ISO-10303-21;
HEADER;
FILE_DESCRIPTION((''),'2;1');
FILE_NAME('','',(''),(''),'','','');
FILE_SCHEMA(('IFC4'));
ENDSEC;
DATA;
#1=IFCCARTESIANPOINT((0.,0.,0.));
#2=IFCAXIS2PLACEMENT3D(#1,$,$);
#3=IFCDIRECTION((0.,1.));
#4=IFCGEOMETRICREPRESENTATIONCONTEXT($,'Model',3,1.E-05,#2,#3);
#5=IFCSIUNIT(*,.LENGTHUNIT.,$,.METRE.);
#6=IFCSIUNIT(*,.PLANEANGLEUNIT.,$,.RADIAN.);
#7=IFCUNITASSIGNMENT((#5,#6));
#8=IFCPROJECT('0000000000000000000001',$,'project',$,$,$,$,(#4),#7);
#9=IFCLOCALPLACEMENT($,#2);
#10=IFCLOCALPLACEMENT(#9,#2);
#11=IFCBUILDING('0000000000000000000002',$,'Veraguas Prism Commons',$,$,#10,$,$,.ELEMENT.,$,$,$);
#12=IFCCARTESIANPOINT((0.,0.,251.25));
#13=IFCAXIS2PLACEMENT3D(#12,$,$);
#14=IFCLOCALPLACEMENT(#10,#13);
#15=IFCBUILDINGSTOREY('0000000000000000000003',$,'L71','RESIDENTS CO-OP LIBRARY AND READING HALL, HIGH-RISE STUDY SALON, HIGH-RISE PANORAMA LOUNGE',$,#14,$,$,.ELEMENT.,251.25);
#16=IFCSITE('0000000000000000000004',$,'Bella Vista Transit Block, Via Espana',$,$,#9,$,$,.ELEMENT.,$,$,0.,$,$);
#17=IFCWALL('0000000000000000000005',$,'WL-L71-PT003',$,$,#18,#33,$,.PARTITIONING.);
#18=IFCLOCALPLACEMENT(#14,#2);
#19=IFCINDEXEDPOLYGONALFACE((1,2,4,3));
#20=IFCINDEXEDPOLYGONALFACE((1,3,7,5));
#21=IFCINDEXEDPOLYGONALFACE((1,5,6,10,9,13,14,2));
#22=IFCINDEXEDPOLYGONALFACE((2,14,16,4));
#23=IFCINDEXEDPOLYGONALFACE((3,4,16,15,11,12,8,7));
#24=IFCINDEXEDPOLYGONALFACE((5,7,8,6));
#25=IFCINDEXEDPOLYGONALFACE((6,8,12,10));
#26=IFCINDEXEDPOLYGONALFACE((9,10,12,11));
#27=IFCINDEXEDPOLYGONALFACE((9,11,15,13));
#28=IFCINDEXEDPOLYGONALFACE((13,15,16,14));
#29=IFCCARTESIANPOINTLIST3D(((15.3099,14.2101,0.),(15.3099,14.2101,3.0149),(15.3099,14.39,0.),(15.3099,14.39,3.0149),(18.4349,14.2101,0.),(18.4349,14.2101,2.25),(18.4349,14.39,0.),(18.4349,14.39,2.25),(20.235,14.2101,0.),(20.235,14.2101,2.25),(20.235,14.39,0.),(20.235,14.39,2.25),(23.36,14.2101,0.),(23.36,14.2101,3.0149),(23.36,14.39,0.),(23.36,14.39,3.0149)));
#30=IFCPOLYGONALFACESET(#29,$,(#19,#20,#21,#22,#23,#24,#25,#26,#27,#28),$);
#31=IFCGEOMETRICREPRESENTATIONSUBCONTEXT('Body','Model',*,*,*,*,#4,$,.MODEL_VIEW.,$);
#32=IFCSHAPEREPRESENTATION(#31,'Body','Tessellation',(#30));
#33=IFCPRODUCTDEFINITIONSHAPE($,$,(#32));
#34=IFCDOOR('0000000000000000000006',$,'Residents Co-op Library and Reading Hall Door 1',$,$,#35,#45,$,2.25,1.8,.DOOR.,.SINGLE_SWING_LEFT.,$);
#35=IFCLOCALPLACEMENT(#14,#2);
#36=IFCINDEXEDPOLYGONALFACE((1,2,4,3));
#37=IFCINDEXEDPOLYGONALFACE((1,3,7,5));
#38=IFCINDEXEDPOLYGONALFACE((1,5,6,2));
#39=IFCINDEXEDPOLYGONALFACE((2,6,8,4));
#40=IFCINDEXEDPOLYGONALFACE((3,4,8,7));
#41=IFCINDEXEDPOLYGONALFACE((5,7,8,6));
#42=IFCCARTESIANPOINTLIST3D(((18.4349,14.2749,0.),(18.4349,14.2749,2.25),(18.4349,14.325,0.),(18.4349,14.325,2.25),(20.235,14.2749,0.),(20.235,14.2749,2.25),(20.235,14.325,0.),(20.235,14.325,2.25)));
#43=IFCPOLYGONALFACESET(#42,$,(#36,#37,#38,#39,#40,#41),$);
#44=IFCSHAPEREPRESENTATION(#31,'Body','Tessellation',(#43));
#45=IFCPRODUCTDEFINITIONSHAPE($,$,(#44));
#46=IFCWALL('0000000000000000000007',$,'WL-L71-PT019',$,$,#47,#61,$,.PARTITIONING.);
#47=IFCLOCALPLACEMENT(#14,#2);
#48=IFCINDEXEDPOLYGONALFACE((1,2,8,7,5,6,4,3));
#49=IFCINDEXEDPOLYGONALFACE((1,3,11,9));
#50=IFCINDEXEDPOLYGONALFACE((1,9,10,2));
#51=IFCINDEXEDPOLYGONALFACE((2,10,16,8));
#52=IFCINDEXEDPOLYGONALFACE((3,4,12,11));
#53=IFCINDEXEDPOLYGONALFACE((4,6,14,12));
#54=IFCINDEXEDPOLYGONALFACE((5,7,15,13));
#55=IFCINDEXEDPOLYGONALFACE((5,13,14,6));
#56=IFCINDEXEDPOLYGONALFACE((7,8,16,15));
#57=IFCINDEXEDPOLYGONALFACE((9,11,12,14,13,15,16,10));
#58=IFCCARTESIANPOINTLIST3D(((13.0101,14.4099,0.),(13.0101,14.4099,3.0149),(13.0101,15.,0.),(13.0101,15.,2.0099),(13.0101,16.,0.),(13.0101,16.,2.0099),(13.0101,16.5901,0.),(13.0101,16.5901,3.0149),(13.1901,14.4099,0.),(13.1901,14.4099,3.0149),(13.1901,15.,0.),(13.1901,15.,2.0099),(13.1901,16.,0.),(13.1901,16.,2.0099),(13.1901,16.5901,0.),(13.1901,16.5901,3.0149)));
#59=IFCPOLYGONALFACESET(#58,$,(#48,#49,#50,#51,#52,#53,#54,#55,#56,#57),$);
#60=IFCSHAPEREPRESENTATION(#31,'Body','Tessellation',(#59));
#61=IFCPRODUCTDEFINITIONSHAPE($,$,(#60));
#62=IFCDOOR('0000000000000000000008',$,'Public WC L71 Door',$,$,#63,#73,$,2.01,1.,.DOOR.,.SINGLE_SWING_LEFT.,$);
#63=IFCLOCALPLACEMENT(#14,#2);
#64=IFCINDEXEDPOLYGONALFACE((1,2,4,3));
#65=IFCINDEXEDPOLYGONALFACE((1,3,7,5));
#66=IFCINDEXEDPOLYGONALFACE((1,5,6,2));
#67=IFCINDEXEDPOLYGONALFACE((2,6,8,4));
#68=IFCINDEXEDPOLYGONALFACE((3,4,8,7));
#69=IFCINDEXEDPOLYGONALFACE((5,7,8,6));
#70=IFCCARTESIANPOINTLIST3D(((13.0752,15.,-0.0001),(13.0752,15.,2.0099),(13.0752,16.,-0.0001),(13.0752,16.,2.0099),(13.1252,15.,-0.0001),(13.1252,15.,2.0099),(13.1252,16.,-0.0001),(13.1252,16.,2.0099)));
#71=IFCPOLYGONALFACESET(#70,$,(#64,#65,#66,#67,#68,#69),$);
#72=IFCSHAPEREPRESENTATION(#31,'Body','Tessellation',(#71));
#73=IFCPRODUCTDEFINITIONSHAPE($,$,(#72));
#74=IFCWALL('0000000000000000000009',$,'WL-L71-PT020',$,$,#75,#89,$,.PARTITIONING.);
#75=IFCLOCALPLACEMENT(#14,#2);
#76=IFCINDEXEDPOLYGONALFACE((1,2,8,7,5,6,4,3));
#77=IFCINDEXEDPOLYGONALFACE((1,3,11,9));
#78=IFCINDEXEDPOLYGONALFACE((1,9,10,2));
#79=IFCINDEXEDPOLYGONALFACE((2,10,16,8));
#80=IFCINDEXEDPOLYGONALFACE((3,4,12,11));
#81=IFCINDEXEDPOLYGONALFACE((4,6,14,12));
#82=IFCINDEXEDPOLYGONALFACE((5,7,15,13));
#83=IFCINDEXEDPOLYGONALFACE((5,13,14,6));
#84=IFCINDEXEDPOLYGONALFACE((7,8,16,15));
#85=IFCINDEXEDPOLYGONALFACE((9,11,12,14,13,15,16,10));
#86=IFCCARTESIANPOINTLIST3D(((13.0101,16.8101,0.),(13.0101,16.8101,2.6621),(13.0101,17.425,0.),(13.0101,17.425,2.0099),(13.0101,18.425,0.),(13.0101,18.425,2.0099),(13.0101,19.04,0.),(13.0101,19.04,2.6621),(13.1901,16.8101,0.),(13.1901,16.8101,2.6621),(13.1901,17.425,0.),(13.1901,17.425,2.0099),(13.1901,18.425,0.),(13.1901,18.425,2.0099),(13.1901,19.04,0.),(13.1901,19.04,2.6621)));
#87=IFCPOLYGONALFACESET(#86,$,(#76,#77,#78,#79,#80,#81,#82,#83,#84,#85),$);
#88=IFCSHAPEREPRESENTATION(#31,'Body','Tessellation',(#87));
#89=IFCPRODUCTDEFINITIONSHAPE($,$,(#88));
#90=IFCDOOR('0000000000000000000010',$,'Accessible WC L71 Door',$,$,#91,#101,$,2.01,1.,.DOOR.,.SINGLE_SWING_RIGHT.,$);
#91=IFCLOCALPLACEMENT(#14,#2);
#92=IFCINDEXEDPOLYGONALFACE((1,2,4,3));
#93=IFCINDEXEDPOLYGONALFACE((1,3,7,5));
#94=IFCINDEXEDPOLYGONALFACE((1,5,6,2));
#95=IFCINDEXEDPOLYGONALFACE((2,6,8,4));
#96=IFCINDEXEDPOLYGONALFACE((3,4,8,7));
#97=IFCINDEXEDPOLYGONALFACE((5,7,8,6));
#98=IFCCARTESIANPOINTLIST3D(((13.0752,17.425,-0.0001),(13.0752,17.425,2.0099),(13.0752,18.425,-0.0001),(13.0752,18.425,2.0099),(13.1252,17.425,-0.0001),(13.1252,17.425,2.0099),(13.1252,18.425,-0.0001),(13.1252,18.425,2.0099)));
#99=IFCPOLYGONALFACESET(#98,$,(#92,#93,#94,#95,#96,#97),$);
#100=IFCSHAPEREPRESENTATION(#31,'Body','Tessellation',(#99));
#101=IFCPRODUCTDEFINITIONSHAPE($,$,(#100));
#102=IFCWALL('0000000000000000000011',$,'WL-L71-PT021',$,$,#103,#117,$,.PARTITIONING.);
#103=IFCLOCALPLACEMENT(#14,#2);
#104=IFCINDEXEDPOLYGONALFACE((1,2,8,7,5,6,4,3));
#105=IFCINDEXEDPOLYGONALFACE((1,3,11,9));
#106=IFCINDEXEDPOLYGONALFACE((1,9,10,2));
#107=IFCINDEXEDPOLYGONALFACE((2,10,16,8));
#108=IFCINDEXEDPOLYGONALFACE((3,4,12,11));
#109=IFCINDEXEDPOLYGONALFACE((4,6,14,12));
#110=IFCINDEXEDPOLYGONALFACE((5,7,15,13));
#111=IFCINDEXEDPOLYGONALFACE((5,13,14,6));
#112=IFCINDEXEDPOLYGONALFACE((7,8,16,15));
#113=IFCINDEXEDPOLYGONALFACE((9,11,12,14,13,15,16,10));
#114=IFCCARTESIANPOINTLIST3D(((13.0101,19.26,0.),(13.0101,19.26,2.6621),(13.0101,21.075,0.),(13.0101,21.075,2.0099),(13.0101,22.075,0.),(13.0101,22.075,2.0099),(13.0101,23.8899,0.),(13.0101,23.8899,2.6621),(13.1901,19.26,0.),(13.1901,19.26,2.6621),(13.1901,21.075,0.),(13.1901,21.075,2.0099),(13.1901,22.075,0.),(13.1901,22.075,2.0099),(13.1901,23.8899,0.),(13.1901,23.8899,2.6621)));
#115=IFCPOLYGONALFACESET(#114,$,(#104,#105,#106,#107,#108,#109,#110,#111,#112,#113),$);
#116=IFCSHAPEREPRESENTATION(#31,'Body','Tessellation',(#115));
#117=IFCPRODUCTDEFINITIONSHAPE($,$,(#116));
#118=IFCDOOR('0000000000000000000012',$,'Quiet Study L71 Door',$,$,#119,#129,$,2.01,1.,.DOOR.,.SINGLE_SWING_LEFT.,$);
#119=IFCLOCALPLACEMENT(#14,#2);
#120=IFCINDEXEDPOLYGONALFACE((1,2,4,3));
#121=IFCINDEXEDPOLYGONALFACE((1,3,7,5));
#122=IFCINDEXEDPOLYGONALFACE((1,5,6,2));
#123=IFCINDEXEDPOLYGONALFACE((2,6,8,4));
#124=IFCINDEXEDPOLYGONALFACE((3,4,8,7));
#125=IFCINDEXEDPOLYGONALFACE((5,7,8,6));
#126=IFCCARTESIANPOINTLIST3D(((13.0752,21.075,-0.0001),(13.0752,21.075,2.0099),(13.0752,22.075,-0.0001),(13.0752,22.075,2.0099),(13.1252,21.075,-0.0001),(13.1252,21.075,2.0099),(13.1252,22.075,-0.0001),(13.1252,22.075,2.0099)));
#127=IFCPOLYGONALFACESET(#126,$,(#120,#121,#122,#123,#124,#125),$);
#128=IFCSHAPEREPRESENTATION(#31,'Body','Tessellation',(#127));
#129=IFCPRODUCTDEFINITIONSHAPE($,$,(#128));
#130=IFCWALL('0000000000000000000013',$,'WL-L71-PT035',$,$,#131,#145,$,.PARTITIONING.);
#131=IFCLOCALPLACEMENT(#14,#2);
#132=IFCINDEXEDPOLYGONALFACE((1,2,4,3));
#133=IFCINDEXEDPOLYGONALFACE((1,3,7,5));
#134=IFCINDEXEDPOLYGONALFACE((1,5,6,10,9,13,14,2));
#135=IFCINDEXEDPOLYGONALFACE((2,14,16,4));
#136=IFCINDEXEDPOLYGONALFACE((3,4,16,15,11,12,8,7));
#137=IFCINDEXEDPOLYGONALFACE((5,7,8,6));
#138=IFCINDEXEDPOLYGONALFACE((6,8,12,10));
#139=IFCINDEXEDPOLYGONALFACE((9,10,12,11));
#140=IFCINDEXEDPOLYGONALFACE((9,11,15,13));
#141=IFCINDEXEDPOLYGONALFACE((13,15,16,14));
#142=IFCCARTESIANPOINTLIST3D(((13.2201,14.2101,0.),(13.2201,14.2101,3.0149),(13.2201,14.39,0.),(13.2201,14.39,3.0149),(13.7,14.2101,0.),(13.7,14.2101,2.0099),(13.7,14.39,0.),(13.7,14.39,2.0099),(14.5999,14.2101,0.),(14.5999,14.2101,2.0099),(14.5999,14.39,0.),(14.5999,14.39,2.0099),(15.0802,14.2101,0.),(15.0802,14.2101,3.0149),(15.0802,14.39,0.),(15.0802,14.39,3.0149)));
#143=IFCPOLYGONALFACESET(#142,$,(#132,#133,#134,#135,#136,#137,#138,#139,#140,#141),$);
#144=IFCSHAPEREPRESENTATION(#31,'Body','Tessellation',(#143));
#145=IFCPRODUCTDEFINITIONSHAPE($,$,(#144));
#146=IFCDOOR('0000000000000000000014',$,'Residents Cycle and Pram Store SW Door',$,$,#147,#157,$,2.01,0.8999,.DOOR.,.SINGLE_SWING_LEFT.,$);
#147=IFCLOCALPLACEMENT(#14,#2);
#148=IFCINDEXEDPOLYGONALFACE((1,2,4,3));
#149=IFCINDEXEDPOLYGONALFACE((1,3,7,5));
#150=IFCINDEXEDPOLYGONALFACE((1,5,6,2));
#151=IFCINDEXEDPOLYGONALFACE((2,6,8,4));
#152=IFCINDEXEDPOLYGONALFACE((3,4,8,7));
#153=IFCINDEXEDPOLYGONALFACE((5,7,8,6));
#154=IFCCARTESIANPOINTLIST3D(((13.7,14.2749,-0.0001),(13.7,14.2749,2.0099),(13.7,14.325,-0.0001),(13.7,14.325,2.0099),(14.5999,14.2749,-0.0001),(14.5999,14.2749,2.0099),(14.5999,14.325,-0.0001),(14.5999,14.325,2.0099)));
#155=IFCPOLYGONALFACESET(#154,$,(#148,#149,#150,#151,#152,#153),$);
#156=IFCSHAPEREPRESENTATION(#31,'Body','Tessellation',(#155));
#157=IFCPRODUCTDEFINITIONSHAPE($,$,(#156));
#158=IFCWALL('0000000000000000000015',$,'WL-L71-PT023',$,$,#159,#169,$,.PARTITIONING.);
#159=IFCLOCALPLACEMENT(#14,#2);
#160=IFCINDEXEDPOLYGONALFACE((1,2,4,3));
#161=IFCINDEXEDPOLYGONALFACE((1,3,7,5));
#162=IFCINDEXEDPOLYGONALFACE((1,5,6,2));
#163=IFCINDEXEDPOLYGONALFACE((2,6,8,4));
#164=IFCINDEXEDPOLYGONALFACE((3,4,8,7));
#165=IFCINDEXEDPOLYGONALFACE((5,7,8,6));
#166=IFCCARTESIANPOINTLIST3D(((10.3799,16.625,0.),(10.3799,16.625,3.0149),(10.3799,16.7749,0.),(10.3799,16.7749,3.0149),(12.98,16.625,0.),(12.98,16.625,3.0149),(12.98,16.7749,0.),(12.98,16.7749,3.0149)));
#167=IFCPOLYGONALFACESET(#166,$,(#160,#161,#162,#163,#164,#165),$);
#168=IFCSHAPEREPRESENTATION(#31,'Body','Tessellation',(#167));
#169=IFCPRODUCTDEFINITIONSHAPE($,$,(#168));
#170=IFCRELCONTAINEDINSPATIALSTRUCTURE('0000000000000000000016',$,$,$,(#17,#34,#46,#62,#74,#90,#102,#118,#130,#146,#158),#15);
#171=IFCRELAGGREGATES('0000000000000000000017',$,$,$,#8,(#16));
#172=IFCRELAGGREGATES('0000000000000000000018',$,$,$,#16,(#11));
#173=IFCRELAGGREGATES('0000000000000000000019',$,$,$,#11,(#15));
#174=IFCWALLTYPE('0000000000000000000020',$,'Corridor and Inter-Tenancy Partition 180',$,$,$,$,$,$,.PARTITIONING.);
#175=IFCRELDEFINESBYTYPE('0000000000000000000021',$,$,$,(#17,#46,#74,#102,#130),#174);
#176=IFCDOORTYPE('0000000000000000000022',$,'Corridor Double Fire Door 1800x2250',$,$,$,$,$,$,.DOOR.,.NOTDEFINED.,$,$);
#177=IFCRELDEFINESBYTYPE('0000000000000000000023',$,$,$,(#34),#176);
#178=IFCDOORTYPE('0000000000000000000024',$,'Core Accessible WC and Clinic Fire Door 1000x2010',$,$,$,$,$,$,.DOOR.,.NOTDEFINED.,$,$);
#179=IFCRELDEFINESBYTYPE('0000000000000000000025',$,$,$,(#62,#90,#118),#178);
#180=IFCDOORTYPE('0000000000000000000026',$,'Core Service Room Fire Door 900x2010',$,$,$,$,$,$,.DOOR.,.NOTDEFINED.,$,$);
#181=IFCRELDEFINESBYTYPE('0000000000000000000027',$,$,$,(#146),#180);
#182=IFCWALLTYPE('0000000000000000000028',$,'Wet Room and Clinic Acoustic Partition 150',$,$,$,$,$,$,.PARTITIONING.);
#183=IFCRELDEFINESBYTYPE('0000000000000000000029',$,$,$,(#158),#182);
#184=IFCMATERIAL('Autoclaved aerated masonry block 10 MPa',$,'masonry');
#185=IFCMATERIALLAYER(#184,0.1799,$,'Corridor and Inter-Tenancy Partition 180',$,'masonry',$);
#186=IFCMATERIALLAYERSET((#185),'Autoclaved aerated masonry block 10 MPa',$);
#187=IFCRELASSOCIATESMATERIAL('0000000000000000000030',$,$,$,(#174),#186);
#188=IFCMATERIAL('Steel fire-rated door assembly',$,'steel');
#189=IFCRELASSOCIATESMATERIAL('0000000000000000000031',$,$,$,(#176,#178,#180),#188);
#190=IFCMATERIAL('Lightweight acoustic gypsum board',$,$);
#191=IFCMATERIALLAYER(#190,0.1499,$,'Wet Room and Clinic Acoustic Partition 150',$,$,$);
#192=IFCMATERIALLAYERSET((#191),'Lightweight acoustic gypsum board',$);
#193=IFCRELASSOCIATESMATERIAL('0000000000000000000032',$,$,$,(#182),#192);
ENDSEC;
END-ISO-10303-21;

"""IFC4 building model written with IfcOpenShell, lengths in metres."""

from ifc_helpers import new_model, si_unit, direction, frame, frame_2d, origin, place, context, subcontext, project, spatial, rectangle, extrude, source, transform, mapped, material, layer, layer_set, type_object, element, fill, save


model = new_model("IFC4")

# Units and contexts
model_context = context("Model", 3, precision=1e-05, world=origin(), true_north=direction((0.0, 1.0)))
body_context = subcontext(model_context, "Body", "Model", "MODEL_VIEW")
ifc_project = project(units=[si_unit("LENGTHUNIT", "METRE"), si_unit("PLANEANGLEUNIT", "RADIAN")], contexts=[model_context])

# Site, building, storey
site_placement = place(None, origin())
site = spatial("IfcSite", under=ifc_project, at=site_placement, Name="Bella Vista Transit Block, Via Espana", CompositionType="ELEMENT", RefElevation=0.0)
building_placement = place(site_placement, origin())
building = spatial("IfcBuilding", under=site, at=building_placement, Name="Veraguas Prism Commons", CompositionType="ELEMENT")
storey_placement = place(building_placement, frame((0.0, 0.0, 251.25)))
storey = spatial("IfcBuildingStorey", under=building, at=storey_placement, Name="L71", Description="RESIDENTS CO-OP LIBRARY AND READING HALL, HIGH-RISE STUDY SALON, HIGH-RISE PANORAMA LOUNGE", CompositionType="ELEMENT", Elevation=251.25)

# Shared definitions
ifc_material_1 = material(Name="Steel fire-rated door assembly", Category="steel")

# Walls, openings, doors
ifc_material_2 = material(Name="Autoclaved aerated masonry block 10 MPa", Category="masonry")
ifc_layer_1 = layer(ifc_material_2, 0.1799, Name="Corridor and Inter-Tenancy Partition 180", Category="masonry")
ifc_layer_set_1 = layer_set([ifc_layer_1], Name="Autoclaved aerated masonry block 10 MPa")
wall_type_1 = type_object("IfcWallType", Name="Corridor and Inter-Tenancy Partition 180", PredefinedType="PARTITIONING", material=ifc_layer_set_1)
wall_1_placement = place(storey_placement, frame((15.3101, 14.3, 0.0), z_axis=(0.0, 0.0, 1.0), x_axis=(1.0, 0.0, 0.0)))
wall_1 = element("IfcWall", 1, at=wall_1_placement, inside=storey, type_object=wall_type_1, Name="WL-L71-PT003", PredefinedType="PARTITIONING", context=body_context, shape_type="SweptSolid", body=[
    extrude(rectangle(XDim=8.05, YDim=0.1799, at=frame_2d((4.0249, 0.0))), origin(), (0.0, 0.0, 1.0), 3.0149),
])
opening_1_placement = place(wall_1_placement, frame((3.125, 0.0, 0.0)))
opening_1 = element("IfcOpeningElement", 2, at=opening_1_placement, cuts=wall_1, PredefinedType="OPENING", context=body_context, shape_type="SweptSolid", body=[
    extrude(rectangle(XDim=1.8, YDim=2.25, at=frame_2d((0.8999, 1.125))), frame((0.0, 0.0999, 0.0), z_axis=(0.0, -1.0, 0.0), x_axis=(1.0, 0.0, 0.0)), (0.0, 0.0, 1.0), 0.2),
])
door_type_1 = type_object("IfcDoorType", Name="Corridor Double Fire Door 1800x2250", OperationType="NOTDEFINED", PredefinedType="DOOR", material=ifc_material_1)
shared_shape_1 = source(origin(), body_context, "Body", "SweptSolid", [
    extrude(rectangle(XDim=1.8, YDim=2.25, at=frame_2d((0.8999, 1.125))), frame((0.0, 0.0249, 0.0), z_axis=(0.0, -1.0, 0.0), x_axis=(1.0, 0.0, 0.0)), (0.0, 0.0, 1.0), 0.05),
])
door_1_placement = place(opening_1_placement, origin())
door_1 = element("IfcDoor", 3, at=door_1_placement, inside=storey, type_object=door_type_1, Name="Residents Co-op Library and Reading Hall Door 1", OperationType="SINGLE_SWING_LEFT", OverallHeight=2.25, OverallWidth=1.8, PredefinedType="DOOR", context=body_context, shape_type="MappedRepresentation", body=[
    mapped(shared_shape_1, transform((0.0, 0.0, 0.0), scale=1.0)),
])
fill(opening_1, door_1)
wall_2_placement = place(storey_placement, frame((13.1001, 14.4099, 0.0), z_axis=(0.0, 0.0, 1.0), x_axis=(0.0, 1.0, 0.0)))
wall_2 = element("IfcWall", 4, at=wall_2_placement, inside=storey, type_object=wall_type_1, Name="WL-L71-PT019", PredefinedType="PARTITIONING", context=body_context, shape_type="SweptSolid", body=[
    extrude(rectangle(XDim=2.1802, YDim=0.1799, at=frame_2d((1.0901, 0.0))), origin(), (0.0, 0.0, 1.0), 3.0149),
])
opening_2_placement = place(wall_2_placement, frame((0.5901, 0.0, 0.0)))
opening_2 = element("IfcOpeningElement", 5, at=opening_2_placement, cuts=wall_2, PredefinedType="OPENING", context=body_context, shape_type="SweptSolid", body=[
    extrude(rectangle(XDim=1.0, YDim=2.01, at=frame_2d((0.5, 1.0049))), frame((0.0, 0.0999, 0.0), z_axis=(0.0, -1.0, 0.0), x_axis=(1.0, 0.0, 0.0)), (0.0, 0.0, 1.0), 0.2),
])
door_type_2 = type_object("IfcDoorType", Name="Core Accessible WC and Clinic Fire Door 1000x2010", OperationType="NOTDEFINED", PredefinedType="DOOR", material=ifc_material_1)
shared_shape_2 = source(origin(), body_context, "Body", "SweptSolid", [
    extrude(rectangle(XDim=1.0, YDim=2.01, at=frame_2d((0.5, 1.0049))), frame((0.0, 0.0249, 0.0), z_axis=(0.0, -1.0, 0.0), x_axis=(1.0, 0.0, 0.0)), (0.0, 0.0, 1.0), 0.05),
])
door_2_placement = place(opening_2_placement, origin())
door_2 = element("IfcDoor", 6, at=door_2_placement, inside=storey, type_object=door_type_2, Name="Public WC L71 Door", OperationType="SINGLE_SWING_LEFT", OverallHeight=2.01, OverallWidth=1.0, PredefinedType="DOOR", context=body_context, shape_type="MappedRepresentation", body=[
    mapped(shared_shape_2, transform((0.0, 0.0, 0.0), scale=1.0)),
])
fill(opening_2, door_2)
wall_3_placement = place(storey_placement, frame((13.1001, 16.8101, 0.0), z_axis=(0.0, 0.0, 1.0), x_axis=(0.0, 1.0, 0.0)))
wall_3 = element("IfcWall", 7, at=wall_3_placement, inside=storey, type_object=wall_type_1, Name="WL-L71-PT020", PredefinedType="PARTITIONING", context=body_context, shape_type="SweptSolid", body=[
    extrude(rectangle(XDim=2.23, YDim=0.1799, at=frame_2d((1.115, 0.0))), origin(), (0.0, 0.0, 1.0), 2.6621),
])
opening_3_placement = place(wall_3_placement, frame((0.615, 0.0, 0.0)))
opening_3 = element("IfcOpeningElement", 8, at=opening_3_placement, cuts=wall_3, PredefinedType="OPENING", context=body_context, shape_type="SweptSolid", body=[
    extrude(rectangle(XDim=1.0, YDim=2.01, at=frame_2d((0.5, 1.0049))), frame((0.0, 0.0999, 0.0), z_axis=(0.0, -1.0, 0.0), x_axis=(1.0, 0.0, 0.0)), (0.0, 0.0, 1.0), 0.2),
])
door_3_placement = place(opening_3_placement, origin())
door_3 = element("IfcDoor", 9, at=door_3_placement, inside=storey, type_object=door_type_2, Name="Accessible WC L71 Door", OperationType="SINGLE_SWING_RIGHT", OverallHeight=2.01, OverallWidth=1.0, PredefinedType="DOOR", context=body_context, shape_type="MappedRepresentation", body=[
    mapped(shared_shape_2, transform((0.0, 0.0, 0.0), scale=1.0)),
])
fill(opening_3, door_3)
wall_4_placement = place(storey_placement, frame((13.1001, 19.26, 0.0), z_axis=(0.0, 0.0, 1.0), x_axis=(0.0, 1.0, 0.0)))
wall_4 = element("IfcWall", 10, at=wall_4_placement, inside=storey, type_object=wall_type_1, Name="WL-L71-PT021", PredefinedType="PARTITIONING", context=body_context, shape_type="SweptSolid", body=[
    extrude(rectangle(XDim=4.6299, YDim=0.1799, at=frame_2d((2.3149, 0.0))), origin(), (0.0, 0.0, 1.0), 2.6621),
])
opening_4_placement = place(wall_4_placement, frame((1.8149, 0.0, 0.0)))
opening_4 = element("IfcOpeningElement", 11, at=opening_4_placement, cuts=wall_4, PredefinedType="OPENING", context=body_context, shape_type="SweptSolid", body=[
    extrude(rectangle(XDim=1.0, YDim=2.01, at=frame_2d((0.5, 1.0049))), frame((0.0, 0.0999, 0.0), z_axis=(0.0, -1.0, 0.0), x_axis=(1.0, 0.0, 0.0)), (0.0, 0.0, 1.0), 0.2),
])
door_4_placement = place(opening_4_placement, origin())
door_4 = element("IfcDoor", 12, at=door_4_placement, inside=storey, type_object=door_type_2, Name="Quiet Study L71 Door", OperationType="SINGLE_SWING_LEFT", OverallHeight=2.01, OverallWidth=1.0, PredefinedType="DOOR", context=body_context, shape_type="MappedRepresentation", body=[
    mapped(shared_shape_2, transform((0.0, 0.0, 0.0), scale=1.0)),
])
fill(opening_4, door_4)
wall_5_placement = place(storey_placement, frame((13.22, 14.3, 0.0), z_axis=(0.0, 0.0, 1.0), x_axis=(1.0, 0.0, 0.0)))
wall_5 = element("IfcWall", 13, at=wall_5_placement, inside=storey, type_object=wall_type_1, Name="WL-L71-PT035", PredefinedType="PARTITIONING", context=body_context, shape_type="SweptSolid", body=[
    extrude(rectangle(XDim=1.8601, YDim=0.1799, at=frame_2d((0.9302, 0.0))), origin(), (0.0, 0.0, 1.0), 3.0149),
])
opening_5_placement = place(wall_5_placement, frame((0.48, 0.0, 0.0)))
opening_5 = element("IfcOpeningElement", 14, at=opening_5_placement, cuts=wall_5, PredefinedType="OPENING", context=body_context, shape_type="SweptSolid", body=[
    extrude(rectangle(XDim=0.8999, YDim=2.01, at=frame_2d((0.45, 1.0049))), frame((0.0, 0.0999, 0.0), z_axis=(0.0, -1.0, 0.0), x_axis=(1.0, 0.0, 0.0)), (0.0, 0.0, 1.0), 0.2),
])
door_type_3 = type_object("IfcDoorType", Name="Core Service Room Fire Door 900x2010", OperationType="NOTDEFINED", PredefinedType="DOOR", material=ifc_material_1)
shared_shape_3 = source(origin(), body_context, "Body", "SweptSolid", [
    extrude(rectangle(XDim=0.8999, YDim=2.01, at=frame_2d((0.45, 1.0049))), frame((0.0, 0.0249, 0.0), z_axis=(0.0, -1.0, 0.0), x_axis=(1.0, 0.0, 0.0)), (0.0, 0.0, 1.0), 0.05),
])
door_5_placement = place(opening_5_placement, origin())
door_5 = element("IfcDoor", 15, at=door_5_placement, inside=storey, type_object=door_type_3, Name="Residents Cycle and Pram Store SW Door", OperationType="SINGLE_SWING_LEFT", OverallHeight=2.01, OverallWidth=0.8999, PredefinedType="DOOR", context=body_context, shape_type="MappedRepresentation", body=[
    mapped(shared_shape_3, transform((0.0, 0.0, 0.0), scale=1.0)),
])
fill(opening_5, door_5)

# Wall
ifc_material_3 = material(Name="Lightweight acoustic gypsum board")
ifc_layer_2 = layer(ifc_material_3, 0.1499, Name="Wet Room and Clinic Acoustic Partition 150")
ifc_layer_set_2 = layer_set([ifc_layer_2], Name="Lightweight acoustic gypsum board")
wall_type_2 = type_object("IfcWallType", Name="Wet Room and Clinic Acoustic Partition 150", PredefinedType="PARTITIONING", material=ifc_layer_set_2)
for number, where, z_axis, x_axis, name in (
    (16, (12.98, 16.7, 0.0), (0.0, 0.0, 1.0), (-1.0, 0.0, 0.0), "WL-L71-PT023"),
):
    element("IfcWall", number, at=place(storey_placement, frame(where, z_axis=z_axis, x_axis=x_axis)), inside=storey, type_object=wall_type_2, Name=name, PredefinedType="PARTITIONING", context=body_context, shape_type="SweptSolid", body=[
        extrude(rectangle(XDim=2.6001, YDim=0.1499, at=frame_2d((1.3, 0.0))), origin(), (0.0, 0.0, 1.0), 3.0149),
    ])

save(model, "model.ifc")
